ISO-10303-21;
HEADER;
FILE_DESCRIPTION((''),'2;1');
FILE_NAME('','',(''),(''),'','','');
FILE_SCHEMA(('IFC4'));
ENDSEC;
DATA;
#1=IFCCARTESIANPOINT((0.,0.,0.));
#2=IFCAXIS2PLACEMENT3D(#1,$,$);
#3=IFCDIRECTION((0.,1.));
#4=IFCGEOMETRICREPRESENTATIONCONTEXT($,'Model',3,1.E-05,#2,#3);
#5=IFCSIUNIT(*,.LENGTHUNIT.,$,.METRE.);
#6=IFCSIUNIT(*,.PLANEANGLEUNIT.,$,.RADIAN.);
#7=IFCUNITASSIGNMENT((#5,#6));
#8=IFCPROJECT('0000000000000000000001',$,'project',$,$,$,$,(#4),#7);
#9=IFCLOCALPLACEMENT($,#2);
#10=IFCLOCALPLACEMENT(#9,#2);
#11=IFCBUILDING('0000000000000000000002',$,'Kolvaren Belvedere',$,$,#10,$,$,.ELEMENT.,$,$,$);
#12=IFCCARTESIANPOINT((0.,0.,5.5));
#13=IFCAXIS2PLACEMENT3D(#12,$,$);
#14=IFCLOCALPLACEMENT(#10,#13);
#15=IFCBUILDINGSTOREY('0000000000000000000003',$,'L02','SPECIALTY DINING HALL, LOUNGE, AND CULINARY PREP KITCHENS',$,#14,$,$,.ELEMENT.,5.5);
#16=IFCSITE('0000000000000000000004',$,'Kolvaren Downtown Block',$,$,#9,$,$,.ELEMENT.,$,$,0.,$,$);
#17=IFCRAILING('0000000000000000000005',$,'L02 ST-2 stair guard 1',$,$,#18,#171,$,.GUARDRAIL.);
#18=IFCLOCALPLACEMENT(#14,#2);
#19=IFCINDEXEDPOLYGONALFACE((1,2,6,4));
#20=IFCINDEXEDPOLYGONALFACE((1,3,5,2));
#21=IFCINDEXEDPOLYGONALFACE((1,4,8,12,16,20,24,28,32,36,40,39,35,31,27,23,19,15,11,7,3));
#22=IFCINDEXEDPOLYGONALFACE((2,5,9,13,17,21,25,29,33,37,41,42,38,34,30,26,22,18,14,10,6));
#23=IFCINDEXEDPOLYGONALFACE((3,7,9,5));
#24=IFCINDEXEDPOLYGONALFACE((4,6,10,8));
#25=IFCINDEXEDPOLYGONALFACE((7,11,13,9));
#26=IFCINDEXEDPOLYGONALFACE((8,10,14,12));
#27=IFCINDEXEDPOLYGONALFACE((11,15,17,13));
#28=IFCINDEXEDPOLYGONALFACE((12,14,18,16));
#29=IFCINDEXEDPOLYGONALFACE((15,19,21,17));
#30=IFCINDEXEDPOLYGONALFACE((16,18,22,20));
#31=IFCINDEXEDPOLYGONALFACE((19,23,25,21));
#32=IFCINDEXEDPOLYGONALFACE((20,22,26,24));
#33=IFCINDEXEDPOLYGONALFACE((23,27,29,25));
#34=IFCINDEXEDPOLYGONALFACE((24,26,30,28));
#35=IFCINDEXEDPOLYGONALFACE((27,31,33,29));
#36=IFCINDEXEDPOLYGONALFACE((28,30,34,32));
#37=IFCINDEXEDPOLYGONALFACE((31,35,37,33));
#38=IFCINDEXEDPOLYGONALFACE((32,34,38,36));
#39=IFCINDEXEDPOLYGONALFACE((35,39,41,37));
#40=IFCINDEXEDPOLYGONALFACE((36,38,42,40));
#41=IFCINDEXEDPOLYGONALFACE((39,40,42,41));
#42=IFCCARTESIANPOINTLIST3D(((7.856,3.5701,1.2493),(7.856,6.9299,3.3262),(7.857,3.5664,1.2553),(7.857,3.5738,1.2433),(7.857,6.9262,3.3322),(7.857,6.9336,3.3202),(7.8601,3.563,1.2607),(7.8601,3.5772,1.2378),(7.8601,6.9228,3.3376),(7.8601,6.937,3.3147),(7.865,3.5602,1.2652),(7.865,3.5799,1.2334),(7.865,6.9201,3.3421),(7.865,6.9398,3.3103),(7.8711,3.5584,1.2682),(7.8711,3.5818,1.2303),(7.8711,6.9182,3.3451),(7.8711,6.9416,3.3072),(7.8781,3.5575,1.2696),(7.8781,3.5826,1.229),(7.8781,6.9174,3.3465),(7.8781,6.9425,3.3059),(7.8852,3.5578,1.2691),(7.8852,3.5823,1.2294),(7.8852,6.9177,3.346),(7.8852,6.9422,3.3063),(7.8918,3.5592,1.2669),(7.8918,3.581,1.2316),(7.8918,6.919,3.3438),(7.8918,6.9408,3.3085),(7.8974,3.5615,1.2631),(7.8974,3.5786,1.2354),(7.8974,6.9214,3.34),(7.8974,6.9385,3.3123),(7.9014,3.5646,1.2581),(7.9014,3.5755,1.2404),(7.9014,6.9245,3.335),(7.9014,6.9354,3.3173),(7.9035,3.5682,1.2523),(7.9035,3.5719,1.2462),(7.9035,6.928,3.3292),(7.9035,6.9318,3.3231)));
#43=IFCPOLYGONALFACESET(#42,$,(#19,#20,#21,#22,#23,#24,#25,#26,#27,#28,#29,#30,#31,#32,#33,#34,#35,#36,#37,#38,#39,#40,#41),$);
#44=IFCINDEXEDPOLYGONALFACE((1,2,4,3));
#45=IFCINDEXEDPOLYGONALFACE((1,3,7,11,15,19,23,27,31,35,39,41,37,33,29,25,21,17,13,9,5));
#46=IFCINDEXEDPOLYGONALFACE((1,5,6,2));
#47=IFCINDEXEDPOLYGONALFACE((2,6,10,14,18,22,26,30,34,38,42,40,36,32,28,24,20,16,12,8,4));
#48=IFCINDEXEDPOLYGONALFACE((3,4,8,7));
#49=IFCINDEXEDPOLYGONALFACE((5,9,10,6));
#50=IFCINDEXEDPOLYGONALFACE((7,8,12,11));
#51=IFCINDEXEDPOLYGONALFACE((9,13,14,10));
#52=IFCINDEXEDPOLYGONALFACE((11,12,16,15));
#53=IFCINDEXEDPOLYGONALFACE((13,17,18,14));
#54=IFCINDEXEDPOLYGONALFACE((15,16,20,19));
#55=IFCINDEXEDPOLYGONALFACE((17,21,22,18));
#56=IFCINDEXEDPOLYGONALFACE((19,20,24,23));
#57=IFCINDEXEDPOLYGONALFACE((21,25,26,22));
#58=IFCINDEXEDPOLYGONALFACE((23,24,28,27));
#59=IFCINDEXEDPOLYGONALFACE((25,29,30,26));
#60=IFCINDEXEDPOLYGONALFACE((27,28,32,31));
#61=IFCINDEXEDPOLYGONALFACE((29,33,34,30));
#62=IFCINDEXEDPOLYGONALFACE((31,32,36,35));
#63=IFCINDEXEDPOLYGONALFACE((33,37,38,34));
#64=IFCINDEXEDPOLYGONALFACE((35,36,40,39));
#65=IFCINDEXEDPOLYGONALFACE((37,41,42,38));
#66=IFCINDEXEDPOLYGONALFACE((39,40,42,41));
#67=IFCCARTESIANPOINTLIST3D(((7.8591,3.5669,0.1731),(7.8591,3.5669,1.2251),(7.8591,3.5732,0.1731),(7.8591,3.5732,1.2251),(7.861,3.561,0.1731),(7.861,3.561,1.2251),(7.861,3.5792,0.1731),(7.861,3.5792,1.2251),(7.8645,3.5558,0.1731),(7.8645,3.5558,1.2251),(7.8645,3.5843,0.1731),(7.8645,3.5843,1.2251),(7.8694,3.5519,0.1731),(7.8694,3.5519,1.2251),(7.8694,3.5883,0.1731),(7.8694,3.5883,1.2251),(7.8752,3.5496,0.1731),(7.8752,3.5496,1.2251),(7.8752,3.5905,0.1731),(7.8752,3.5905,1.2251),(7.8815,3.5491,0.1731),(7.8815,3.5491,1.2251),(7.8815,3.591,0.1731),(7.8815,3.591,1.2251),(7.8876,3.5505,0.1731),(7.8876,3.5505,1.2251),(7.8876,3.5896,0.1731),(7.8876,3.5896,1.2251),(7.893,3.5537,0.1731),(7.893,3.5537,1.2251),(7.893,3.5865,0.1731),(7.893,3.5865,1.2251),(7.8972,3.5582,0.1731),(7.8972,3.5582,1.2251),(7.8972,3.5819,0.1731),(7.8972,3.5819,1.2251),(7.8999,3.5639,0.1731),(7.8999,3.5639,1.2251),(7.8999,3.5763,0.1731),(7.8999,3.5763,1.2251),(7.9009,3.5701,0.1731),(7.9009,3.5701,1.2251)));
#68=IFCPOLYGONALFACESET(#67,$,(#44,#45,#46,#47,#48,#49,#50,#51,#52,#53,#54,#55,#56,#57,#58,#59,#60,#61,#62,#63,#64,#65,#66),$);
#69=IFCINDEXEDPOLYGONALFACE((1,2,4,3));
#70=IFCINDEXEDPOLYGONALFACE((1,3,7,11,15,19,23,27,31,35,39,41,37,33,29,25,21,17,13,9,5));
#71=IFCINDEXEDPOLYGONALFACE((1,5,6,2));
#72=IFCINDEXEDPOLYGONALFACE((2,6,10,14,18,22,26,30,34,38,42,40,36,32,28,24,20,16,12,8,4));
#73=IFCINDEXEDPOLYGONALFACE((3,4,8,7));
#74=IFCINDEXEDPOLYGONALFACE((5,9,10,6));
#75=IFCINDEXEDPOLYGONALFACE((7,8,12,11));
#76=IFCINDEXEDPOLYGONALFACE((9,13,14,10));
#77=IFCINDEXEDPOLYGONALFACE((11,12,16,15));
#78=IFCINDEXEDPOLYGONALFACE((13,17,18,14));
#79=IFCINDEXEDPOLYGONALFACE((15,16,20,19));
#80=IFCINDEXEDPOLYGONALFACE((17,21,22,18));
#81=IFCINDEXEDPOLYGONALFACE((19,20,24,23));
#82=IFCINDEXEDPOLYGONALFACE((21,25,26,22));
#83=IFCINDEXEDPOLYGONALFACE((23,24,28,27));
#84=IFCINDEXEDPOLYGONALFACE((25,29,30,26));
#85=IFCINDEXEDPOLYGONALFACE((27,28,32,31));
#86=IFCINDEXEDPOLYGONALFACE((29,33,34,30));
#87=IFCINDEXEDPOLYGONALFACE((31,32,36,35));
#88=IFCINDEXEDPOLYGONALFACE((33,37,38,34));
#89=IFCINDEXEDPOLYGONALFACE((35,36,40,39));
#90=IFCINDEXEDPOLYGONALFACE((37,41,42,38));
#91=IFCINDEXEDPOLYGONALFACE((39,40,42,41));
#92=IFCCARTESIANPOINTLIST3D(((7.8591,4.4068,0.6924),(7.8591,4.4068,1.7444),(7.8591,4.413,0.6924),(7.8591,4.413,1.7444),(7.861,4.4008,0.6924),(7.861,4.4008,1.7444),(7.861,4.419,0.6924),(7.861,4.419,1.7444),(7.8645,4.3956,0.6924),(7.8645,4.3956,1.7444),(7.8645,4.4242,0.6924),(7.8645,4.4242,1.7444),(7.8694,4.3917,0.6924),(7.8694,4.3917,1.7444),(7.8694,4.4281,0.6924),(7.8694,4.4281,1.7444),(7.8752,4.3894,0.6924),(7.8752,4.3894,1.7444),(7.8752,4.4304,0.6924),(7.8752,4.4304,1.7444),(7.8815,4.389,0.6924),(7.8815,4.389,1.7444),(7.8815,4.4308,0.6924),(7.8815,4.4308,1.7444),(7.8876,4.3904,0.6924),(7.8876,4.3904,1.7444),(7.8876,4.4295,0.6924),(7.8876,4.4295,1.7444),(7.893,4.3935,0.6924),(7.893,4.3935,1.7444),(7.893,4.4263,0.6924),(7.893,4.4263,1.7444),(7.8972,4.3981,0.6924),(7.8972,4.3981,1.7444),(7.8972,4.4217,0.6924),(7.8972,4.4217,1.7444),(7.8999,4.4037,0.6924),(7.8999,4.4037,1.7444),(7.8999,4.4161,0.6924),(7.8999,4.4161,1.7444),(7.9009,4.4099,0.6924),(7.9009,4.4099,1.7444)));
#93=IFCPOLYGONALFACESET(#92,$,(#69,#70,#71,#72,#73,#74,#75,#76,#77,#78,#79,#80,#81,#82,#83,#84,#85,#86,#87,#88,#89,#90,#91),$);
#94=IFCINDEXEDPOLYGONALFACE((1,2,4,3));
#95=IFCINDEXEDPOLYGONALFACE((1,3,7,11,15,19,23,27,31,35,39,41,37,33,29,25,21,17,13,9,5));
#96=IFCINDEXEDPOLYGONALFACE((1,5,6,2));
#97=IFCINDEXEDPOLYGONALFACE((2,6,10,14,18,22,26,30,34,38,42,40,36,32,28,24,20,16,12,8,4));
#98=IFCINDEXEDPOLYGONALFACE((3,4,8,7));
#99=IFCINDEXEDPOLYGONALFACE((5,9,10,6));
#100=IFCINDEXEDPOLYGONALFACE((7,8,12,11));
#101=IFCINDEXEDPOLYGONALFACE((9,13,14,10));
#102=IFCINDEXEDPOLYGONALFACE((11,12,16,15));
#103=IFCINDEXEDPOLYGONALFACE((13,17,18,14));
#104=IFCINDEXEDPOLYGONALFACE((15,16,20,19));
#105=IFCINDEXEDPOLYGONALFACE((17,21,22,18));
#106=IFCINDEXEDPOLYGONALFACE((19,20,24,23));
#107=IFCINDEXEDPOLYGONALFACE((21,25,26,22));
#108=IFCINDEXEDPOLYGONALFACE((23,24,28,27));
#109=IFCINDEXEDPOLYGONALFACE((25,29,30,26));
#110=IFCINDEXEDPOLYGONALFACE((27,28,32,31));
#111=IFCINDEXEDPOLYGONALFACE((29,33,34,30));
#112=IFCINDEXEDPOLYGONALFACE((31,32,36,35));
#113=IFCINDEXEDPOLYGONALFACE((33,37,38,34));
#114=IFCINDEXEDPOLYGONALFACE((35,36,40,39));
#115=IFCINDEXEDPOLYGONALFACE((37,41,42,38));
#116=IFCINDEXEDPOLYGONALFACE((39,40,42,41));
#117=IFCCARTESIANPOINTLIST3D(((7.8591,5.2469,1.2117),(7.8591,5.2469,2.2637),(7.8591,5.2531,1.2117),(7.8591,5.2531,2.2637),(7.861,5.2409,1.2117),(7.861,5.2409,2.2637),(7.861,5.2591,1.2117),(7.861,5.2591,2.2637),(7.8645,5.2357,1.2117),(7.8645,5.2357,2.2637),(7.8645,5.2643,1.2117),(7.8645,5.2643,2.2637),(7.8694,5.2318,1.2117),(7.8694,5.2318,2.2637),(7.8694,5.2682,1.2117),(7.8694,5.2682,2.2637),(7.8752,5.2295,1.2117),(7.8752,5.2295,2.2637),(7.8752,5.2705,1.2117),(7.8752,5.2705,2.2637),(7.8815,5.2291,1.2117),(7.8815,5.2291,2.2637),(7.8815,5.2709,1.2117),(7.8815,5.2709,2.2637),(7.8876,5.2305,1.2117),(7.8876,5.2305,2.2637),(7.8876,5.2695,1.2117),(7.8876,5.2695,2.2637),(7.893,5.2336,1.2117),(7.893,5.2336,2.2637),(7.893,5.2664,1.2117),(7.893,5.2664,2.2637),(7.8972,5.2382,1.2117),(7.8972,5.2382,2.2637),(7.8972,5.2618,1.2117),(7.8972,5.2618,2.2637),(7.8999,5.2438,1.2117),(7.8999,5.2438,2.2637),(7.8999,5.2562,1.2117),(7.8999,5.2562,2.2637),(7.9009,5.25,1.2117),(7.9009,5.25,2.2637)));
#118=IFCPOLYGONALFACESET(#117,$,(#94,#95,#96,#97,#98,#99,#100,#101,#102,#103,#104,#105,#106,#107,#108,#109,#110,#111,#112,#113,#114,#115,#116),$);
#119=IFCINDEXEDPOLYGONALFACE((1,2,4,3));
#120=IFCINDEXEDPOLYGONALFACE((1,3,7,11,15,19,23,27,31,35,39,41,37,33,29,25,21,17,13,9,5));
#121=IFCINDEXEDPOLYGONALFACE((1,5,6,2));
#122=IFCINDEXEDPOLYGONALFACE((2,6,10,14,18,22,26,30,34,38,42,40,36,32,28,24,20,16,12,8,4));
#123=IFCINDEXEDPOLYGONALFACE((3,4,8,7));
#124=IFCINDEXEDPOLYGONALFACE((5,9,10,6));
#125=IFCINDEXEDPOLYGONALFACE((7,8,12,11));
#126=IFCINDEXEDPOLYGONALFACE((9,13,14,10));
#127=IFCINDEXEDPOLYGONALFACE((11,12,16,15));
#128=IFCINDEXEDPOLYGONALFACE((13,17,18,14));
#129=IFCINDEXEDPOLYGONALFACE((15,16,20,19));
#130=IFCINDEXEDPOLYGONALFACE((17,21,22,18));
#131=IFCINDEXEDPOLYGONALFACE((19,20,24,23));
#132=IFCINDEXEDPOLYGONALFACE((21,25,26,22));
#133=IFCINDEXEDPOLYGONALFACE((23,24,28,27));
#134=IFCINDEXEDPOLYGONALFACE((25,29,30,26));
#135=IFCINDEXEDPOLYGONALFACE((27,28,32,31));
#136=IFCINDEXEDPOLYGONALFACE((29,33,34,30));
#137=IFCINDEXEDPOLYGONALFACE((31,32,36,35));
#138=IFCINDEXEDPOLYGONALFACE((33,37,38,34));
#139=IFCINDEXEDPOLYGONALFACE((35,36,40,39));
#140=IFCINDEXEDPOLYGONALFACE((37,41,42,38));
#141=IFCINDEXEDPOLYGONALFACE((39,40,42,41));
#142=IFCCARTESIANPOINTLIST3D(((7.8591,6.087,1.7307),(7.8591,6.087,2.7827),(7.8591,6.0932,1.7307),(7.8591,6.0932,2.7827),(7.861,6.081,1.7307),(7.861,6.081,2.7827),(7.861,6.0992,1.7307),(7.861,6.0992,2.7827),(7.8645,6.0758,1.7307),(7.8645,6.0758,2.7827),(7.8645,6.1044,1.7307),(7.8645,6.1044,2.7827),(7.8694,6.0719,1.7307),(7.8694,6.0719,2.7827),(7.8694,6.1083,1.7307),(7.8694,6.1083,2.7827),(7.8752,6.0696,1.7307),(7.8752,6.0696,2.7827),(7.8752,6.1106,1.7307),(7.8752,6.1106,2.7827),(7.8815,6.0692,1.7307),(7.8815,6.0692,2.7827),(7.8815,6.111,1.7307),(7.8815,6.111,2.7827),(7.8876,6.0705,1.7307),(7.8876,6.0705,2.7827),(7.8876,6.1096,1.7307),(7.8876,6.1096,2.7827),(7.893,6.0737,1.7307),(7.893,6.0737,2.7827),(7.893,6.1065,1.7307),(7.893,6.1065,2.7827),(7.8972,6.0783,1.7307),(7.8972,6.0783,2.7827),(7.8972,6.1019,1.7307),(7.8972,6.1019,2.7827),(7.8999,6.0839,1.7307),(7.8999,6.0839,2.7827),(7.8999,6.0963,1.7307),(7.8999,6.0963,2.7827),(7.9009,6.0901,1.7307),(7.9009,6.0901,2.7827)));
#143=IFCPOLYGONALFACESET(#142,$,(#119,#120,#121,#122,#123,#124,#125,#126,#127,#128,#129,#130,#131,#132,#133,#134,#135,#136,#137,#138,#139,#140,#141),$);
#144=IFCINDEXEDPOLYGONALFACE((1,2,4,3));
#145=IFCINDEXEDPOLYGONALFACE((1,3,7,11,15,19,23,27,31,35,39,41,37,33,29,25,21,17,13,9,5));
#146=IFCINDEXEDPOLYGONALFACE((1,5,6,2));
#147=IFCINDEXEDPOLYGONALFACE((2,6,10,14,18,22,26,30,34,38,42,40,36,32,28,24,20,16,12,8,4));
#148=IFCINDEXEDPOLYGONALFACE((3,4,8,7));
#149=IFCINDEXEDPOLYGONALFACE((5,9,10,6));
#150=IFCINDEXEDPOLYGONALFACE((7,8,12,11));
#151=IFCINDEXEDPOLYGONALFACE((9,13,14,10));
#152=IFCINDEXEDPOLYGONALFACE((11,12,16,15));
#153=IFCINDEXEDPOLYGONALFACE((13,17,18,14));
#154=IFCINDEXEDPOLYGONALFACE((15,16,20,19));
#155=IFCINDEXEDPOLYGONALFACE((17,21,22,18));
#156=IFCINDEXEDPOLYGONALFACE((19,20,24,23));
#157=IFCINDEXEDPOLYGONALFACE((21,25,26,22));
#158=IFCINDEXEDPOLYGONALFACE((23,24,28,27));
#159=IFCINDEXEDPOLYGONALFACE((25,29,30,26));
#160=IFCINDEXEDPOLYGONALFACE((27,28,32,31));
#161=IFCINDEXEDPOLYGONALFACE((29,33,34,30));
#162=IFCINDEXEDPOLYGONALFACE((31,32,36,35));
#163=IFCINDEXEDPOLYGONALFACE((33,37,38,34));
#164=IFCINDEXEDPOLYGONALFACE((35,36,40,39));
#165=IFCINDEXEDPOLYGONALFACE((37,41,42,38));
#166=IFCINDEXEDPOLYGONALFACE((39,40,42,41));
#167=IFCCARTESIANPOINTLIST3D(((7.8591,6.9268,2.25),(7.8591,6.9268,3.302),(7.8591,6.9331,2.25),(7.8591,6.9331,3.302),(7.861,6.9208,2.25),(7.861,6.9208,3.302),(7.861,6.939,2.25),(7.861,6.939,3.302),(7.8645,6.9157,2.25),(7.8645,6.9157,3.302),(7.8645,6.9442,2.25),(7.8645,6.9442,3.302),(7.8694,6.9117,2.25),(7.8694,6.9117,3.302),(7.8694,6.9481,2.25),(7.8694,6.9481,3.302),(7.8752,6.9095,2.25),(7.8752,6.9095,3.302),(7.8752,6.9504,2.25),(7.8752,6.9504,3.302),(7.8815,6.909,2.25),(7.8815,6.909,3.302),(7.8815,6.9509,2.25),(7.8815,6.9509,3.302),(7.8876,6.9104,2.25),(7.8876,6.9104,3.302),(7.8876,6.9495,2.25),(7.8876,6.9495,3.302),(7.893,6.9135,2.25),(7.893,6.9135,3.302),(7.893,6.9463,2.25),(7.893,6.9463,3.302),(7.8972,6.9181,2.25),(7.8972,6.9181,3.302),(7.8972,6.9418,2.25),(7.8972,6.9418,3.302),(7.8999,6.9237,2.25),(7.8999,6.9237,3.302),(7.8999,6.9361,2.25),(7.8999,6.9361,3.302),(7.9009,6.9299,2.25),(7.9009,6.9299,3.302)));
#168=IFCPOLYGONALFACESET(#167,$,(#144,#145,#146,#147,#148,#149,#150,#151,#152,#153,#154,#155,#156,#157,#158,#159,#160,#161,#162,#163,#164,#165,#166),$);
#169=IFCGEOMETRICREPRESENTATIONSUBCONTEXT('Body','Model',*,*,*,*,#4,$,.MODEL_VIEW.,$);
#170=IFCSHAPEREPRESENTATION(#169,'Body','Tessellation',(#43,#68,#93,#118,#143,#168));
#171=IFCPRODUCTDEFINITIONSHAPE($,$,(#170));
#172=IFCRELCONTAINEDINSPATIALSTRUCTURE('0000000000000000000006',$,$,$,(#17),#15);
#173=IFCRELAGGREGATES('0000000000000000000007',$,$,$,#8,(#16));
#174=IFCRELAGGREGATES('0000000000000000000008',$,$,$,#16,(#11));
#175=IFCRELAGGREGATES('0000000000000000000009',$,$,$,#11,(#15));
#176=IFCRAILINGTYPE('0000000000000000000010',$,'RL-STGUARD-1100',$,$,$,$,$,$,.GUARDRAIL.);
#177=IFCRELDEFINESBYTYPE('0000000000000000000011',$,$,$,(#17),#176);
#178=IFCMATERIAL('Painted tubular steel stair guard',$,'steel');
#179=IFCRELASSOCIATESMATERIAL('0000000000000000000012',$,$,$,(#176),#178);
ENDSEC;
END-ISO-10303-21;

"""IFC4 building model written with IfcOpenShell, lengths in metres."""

from ifc_helpers import new_model, si_unit, direction, frame, origin, origin_2d, place, context, subcontext, project, spatial, circle, extrude, material, type_object, element, save


model = new_model("IFC4")

# Units and contexts
model_context = context("Model", 3, precision=1e-05, world=origin(), true_north=direction((0.0, 1.0)))
body_context = subcontext(model_context, "Body", "Model", "MODEL_VIEW")
ifc_project = project(units=[si_unit("LENGTHUNIT", "METRE"), si_unit("PLANEANGLEUNIT", "RADIAN")], contexts=[model_context])

# Site, building, storey
site_placement = place(None, origin())
site = spatial("IfcSite", under=ifc_project, at=site_placement, Name="Kolvaren Downtown Block", CompositionType="ELEMENT", RefElevation=0.0)
building_placement = place(site_placement, origin())
building = spatial("IfcBuilding", under=site, at=building_placement, Name="Kolvaren Belvedere", CompositionType="ELEMENT")
storey_placement = place(building_placement, frame((0.0, 0.0, 5.5)))
storey = spatial("IfcBuildingStorey", under=building, at=storey_placement, Name="L02", Description="SPECIALTY DINING HALL, LOUNGE, AND CULINARY PREP KITCHENS", CompositionType="ELEMENT", Elevation=5.5)

# Railing
ifc_material_1 = material(Name="Painted tubular steel stair guard", Category="steel")
railing_type_1 = type_object("IfcRailingType", Name="RL-STGUARD-1100", PredefinedType="GUARDRAIL", material=ifc_material_1)
railing_1_placement = place(storey_placement, frame((7.8799, 3.5701, 0.1731)))
element("IfcRailing", 1, at=railing_1_placement, inside=storey, type_object=railing_type_1, Name="L02 ST-2 stair guard 1", PredefinedType="GUARDRAIL", context=body_context, shape_type="SweptSolid", body=[
    extrude(circle(Radius=0.0239, at=origin_2d()), frame((0.0, 0.0, 1.0762), z_axis=(0.0, 0.850606, 0.525803), x_axis=(-1.0, 0.0, 0.0)), (0.0, 0.0, 1.0), 3.95),
    extrude(circle(Radius=0.021, at=origin_2d()), origin(), (0.0, 0.0, 1.0), 1.052),
    extrude(circle(Radius=0.021, at=origin_2d()), frame((0.0, 0.8398, 0.5193)), (0.0, 0.0, 1.0), 1.052),
    extrude(circle(Radius=0.021, at=origin_2d()), frame((0.0, 1.6799, 1.0386)), (0.0, 0.0, 1.0), 1.052),
    extrude(circle(Radius=0.021, at=origin_2d()), frame((0.0, 2.52, 1.5576)), (0.0, 0.0, 1.0), 1.052),
    extrude(circle(Radius=0.021, at=origin_2d()), frame((0.0, 3.3599, 2.0769)), (0.0, 0.0, 1.0), 1.052),
])

save(model, "model.ifc")
